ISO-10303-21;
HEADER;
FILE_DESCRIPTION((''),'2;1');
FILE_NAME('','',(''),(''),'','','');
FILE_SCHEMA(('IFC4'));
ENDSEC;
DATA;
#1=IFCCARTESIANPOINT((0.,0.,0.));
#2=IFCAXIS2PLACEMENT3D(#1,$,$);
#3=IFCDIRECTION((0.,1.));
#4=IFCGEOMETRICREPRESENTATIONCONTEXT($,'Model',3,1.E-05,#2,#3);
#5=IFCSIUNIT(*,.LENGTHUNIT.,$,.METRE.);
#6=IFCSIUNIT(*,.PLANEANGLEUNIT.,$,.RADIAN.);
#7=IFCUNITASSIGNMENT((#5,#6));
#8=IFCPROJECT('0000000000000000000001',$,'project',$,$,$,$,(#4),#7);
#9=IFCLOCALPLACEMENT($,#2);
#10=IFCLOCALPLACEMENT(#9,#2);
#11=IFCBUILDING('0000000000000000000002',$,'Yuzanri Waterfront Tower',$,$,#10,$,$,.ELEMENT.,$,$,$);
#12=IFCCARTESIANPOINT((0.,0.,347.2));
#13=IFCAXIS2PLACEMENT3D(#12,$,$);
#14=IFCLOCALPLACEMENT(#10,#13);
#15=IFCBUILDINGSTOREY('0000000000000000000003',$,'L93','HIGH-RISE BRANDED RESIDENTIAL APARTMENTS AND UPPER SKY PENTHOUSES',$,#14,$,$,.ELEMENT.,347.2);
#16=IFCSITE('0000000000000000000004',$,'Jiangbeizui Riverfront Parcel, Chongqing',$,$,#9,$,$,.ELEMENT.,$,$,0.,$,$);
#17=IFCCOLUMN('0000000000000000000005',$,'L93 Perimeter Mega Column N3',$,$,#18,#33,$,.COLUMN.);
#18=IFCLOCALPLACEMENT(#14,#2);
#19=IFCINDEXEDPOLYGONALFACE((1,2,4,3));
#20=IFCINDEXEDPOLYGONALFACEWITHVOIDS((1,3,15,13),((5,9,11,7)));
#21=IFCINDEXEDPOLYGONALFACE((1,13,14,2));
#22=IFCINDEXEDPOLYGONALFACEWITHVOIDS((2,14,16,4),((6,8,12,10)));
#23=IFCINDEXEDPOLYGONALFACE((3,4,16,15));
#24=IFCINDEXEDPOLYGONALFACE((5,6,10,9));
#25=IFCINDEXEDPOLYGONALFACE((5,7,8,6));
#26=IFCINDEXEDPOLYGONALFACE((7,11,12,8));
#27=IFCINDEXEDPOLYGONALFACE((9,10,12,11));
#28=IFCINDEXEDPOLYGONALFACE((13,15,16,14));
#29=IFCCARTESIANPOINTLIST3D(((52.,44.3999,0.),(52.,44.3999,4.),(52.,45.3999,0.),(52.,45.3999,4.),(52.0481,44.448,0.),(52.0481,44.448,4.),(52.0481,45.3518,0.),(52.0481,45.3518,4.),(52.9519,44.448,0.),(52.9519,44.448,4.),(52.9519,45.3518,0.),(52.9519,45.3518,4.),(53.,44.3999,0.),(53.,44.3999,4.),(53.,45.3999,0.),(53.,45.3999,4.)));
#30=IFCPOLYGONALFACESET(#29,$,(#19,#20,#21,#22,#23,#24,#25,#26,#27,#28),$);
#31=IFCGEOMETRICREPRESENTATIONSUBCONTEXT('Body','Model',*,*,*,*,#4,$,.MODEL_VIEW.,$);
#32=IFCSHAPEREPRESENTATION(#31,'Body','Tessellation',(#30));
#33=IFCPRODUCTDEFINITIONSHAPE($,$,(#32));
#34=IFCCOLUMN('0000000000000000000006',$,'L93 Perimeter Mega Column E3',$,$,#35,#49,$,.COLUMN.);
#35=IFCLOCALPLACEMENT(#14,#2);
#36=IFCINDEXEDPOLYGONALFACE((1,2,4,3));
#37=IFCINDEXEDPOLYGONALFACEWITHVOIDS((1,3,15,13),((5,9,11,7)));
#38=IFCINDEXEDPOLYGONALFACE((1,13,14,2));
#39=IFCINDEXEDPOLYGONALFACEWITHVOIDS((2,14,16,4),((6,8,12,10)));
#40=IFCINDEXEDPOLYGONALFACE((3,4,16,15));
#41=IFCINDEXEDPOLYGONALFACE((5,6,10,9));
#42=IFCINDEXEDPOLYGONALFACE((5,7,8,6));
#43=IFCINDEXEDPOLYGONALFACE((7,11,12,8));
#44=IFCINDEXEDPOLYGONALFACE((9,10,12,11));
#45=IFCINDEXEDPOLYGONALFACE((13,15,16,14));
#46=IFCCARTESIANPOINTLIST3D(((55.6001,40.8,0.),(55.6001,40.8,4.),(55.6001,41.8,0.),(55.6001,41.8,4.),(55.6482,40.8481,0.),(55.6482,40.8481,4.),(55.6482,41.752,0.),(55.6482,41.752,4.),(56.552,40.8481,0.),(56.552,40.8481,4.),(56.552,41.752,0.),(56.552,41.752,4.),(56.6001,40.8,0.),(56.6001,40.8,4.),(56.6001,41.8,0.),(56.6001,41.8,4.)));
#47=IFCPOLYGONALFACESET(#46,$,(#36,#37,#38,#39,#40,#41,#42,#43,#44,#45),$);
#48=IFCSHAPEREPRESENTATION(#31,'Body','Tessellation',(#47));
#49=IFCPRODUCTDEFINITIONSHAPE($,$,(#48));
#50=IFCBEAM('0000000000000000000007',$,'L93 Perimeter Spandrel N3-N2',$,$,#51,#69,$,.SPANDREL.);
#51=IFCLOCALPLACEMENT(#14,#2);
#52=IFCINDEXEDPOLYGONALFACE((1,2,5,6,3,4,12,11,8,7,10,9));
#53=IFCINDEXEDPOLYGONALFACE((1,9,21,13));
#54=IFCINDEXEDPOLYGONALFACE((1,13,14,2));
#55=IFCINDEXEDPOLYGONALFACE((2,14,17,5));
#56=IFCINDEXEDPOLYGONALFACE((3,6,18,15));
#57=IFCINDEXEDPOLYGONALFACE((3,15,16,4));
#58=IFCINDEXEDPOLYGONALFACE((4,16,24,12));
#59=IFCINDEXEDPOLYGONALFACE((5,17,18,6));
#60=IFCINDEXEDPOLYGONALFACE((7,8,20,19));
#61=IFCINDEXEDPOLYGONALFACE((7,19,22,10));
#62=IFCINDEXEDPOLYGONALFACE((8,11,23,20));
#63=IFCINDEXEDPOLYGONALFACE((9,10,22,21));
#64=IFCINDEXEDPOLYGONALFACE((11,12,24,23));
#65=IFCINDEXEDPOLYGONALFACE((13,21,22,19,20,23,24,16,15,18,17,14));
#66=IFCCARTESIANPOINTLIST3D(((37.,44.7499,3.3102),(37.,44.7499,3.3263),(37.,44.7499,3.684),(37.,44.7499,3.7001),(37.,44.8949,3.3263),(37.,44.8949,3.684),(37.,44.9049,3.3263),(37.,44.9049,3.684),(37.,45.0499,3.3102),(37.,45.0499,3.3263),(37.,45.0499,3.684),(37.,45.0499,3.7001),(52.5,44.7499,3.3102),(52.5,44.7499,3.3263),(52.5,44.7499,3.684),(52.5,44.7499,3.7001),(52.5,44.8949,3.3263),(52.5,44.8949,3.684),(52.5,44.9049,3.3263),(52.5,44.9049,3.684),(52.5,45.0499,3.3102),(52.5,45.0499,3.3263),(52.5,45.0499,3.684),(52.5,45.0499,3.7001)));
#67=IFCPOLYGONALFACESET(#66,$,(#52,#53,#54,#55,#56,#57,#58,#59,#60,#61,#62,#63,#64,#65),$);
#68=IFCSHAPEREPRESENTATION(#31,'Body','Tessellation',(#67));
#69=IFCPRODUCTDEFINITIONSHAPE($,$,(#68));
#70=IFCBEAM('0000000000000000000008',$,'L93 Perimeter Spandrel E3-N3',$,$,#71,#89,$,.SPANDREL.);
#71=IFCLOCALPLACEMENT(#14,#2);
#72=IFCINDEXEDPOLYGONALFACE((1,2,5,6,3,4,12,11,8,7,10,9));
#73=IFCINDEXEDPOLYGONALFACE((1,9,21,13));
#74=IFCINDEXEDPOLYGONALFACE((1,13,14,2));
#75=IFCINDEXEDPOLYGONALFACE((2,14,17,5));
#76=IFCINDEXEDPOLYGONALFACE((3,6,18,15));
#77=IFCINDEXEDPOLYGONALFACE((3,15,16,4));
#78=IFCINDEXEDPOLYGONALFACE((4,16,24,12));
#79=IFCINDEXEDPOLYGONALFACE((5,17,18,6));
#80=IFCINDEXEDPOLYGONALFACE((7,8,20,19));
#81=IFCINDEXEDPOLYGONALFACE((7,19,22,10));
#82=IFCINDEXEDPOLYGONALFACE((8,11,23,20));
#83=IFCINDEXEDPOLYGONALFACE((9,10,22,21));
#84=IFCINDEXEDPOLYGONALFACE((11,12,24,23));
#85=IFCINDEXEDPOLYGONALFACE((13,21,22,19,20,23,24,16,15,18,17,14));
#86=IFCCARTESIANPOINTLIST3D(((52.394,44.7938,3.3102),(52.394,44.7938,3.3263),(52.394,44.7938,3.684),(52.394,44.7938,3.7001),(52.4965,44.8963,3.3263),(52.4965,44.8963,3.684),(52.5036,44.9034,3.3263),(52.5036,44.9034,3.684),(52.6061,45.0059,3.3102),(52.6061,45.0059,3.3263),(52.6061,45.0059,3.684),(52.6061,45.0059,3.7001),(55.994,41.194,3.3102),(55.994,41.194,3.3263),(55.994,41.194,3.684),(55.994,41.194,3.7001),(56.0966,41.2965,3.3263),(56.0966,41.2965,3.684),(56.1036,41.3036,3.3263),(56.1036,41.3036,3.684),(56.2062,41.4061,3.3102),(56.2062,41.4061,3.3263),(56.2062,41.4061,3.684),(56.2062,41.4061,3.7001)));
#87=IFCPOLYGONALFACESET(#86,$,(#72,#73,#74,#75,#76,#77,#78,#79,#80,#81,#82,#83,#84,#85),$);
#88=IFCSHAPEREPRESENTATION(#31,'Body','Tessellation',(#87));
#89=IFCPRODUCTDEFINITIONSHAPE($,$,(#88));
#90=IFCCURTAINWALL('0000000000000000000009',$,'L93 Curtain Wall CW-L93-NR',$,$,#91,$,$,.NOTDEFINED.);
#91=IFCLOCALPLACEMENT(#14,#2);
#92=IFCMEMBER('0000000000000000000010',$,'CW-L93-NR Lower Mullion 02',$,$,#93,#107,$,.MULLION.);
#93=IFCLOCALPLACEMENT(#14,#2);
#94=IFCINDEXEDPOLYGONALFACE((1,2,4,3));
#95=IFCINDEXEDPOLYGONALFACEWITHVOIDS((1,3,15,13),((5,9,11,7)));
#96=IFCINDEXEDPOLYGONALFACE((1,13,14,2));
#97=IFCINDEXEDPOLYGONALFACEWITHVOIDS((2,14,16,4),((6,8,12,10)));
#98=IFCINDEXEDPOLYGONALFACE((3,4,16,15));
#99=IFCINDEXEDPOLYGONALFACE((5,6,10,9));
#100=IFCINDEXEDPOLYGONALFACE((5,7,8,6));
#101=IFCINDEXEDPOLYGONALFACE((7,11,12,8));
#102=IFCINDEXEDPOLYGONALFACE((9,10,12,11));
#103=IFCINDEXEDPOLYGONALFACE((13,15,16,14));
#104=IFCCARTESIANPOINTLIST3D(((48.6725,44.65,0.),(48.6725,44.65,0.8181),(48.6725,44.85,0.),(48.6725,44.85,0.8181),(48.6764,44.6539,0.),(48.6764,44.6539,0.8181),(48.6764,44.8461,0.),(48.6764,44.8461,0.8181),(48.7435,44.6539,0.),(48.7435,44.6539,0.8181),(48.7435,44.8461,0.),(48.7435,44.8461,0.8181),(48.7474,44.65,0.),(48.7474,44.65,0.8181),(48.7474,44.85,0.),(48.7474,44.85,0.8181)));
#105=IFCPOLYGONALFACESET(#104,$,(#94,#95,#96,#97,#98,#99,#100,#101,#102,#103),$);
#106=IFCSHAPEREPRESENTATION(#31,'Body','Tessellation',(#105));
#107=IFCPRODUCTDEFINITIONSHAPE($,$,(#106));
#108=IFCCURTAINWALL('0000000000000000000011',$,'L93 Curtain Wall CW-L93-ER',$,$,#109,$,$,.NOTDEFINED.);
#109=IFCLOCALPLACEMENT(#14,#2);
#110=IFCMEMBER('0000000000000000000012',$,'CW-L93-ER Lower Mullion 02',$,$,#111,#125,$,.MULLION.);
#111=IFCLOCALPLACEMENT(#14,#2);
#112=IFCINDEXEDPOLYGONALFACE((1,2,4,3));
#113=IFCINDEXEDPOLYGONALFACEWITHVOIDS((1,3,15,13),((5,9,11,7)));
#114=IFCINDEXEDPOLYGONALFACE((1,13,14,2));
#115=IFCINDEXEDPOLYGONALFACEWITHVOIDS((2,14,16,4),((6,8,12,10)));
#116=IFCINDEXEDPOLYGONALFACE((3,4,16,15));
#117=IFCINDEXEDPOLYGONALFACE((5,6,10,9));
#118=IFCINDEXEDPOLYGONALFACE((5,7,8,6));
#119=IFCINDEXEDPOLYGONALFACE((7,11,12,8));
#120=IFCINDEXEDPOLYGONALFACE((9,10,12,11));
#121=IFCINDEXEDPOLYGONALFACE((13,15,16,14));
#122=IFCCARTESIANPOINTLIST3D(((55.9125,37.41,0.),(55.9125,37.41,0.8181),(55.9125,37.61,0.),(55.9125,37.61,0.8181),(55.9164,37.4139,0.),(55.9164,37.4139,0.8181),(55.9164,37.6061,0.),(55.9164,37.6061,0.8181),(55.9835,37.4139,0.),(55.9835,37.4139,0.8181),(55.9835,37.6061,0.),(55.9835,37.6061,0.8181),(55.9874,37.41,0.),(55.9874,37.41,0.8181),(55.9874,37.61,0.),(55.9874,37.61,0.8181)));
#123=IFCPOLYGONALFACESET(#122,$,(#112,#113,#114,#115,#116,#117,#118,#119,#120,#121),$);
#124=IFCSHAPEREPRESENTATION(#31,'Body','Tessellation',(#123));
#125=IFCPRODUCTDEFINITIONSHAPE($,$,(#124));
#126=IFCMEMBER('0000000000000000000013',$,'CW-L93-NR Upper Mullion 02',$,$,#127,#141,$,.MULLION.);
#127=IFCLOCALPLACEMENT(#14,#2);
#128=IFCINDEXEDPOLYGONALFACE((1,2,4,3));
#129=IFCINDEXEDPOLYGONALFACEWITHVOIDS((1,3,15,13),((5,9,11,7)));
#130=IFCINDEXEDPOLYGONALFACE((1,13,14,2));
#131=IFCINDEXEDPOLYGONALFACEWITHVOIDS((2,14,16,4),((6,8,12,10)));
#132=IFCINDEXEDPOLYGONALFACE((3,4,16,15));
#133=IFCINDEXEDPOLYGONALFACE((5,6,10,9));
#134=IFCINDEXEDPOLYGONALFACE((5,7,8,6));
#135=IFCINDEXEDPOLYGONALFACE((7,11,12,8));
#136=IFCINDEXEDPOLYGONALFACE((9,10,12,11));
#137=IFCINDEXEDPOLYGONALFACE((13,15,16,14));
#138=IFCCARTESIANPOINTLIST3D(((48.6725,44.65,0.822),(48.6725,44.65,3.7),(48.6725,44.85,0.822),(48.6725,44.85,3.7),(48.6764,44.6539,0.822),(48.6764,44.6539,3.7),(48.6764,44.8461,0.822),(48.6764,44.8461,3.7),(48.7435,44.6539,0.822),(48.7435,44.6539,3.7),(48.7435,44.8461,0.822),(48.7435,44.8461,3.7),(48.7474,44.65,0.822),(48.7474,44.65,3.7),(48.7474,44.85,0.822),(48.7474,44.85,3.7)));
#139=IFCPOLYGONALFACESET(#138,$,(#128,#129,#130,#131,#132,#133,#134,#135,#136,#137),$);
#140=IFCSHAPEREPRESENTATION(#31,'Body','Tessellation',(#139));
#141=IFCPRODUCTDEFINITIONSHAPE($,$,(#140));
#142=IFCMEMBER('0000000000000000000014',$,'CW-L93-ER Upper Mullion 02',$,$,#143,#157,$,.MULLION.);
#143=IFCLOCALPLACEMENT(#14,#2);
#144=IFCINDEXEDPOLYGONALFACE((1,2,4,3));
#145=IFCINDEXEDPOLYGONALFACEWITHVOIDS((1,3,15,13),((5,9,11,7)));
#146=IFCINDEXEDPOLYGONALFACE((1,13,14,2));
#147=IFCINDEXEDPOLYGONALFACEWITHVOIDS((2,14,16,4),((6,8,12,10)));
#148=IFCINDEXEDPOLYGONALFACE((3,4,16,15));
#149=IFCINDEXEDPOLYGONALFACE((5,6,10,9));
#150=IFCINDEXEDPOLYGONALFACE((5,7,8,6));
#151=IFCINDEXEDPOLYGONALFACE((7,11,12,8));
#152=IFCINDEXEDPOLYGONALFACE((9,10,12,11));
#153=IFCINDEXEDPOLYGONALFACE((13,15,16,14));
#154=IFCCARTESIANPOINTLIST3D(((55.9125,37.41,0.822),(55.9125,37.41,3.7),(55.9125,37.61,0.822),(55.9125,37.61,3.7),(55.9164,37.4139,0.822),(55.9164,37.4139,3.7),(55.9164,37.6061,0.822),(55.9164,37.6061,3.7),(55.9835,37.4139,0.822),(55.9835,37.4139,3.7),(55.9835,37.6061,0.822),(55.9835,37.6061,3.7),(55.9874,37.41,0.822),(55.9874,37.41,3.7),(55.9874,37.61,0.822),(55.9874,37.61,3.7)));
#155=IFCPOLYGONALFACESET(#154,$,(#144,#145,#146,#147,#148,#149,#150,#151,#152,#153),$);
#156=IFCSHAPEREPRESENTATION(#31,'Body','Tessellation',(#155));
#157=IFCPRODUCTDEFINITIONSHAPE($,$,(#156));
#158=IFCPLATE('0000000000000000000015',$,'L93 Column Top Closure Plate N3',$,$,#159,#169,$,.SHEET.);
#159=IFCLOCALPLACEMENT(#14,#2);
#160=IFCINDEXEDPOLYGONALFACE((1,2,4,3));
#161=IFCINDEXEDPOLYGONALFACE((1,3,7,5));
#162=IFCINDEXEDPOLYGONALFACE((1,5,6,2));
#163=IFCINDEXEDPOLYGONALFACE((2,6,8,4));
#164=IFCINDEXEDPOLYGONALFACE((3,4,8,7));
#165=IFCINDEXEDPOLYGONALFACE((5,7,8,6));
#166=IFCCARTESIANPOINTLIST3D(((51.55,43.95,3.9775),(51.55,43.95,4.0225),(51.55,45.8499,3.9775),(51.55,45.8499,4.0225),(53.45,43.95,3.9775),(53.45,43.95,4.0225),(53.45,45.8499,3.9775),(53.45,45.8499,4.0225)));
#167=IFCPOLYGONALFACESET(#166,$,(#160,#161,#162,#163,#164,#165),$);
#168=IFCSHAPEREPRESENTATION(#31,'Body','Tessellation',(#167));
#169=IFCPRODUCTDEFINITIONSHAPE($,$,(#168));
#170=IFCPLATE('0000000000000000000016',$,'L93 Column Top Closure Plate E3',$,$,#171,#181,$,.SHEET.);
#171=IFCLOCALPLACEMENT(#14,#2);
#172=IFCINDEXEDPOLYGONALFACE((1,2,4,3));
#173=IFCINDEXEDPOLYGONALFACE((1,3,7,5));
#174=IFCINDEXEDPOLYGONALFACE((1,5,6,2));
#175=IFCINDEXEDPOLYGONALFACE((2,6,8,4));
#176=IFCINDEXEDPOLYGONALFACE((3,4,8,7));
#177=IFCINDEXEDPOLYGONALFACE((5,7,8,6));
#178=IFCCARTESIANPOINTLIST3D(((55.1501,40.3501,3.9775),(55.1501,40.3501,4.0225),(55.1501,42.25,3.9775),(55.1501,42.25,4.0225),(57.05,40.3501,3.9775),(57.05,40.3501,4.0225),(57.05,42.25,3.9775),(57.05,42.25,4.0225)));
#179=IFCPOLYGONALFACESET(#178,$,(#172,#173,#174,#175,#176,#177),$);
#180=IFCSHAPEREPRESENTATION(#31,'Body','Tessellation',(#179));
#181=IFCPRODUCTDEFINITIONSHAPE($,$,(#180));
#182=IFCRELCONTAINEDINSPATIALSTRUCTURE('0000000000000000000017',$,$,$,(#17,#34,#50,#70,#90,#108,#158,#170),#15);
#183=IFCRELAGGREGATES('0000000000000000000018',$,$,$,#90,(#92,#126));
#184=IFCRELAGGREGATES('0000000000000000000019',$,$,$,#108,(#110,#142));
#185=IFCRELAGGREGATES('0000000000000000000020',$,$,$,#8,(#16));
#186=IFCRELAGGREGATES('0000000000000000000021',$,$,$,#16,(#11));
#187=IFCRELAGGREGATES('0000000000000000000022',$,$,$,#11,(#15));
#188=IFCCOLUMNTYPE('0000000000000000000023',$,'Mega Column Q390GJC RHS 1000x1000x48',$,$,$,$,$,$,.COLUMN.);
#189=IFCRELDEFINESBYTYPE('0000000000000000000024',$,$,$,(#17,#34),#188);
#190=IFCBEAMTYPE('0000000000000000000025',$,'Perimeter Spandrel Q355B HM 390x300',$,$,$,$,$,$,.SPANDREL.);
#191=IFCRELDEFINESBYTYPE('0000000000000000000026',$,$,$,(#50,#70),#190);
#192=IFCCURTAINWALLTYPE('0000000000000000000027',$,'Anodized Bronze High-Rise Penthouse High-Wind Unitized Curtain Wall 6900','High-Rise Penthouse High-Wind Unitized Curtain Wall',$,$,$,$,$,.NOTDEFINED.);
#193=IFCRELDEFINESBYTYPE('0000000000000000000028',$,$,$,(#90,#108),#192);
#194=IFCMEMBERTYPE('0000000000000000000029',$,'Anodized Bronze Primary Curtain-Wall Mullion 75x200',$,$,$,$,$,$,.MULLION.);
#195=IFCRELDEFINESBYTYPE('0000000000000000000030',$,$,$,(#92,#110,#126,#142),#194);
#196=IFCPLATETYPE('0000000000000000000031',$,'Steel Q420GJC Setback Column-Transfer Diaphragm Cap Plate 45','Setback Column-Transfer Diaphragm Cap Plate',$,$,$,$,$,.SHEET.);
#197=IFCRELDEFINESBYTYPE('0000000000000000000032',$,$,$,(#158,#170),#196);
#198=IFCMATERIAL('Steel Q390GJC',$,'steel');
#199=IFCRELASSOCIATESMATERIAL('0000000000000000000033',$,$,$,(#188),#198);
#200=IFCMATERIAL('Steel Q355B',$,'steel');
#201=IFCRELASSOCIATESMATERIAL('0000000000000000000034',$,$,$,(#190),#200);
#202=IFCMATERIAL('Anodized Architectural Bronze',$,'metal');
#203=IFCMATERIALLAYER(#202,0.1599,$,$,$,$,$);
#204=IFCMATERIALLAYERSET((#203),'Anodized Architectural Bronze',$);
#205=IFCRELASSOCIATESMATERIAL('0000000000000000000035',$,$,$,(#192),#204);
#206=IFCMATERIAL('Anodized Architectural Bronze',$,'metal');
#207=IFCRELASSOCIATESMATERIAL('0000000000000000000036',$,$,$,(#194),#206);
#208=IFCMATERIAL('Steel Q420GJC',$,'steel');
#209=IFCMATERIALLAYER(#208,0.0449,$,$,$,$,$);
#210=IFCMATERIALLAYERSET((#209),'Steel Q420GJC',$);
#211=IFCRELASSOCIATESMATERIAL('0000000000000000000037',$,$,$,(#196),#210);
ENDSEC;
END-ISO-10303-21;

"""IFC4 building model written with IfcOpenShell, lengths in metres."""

from ifc_helpers import new_model, si_unit, direction, frame, origin, origin_2d, place, context, subcontext, project, spatial, rectangle, hollow_rectangle, i_section, extrude, source, transform, mapped, material, layer, layer_set, material_profile, profile_set, type_object, element, aggregate, save


model = new_model("IFC4")

# Units and contexts
model_context = context("Model", 3, precision=1e-05, world=origin(), true_north=direction((0.0, 1.0)))
body_context = subcontext(model_context, "Body", "Model", "MODEL_VIEW")
ifc_project = project(units=[si_unit("LENGTHUNIT", "METRE"), si_unit("PLANEANGLEUNIT", "RADIAN")], contexts=[model_context])

# Site, building, storey
site_placement = place(None, origin())
site = spatial("IfcSite", under=ifc_project, at=site_placement, Name="Jiangbeizui Riverfront Parcel, Chongqing", CompositionType="ELEMENT", RefElevation=0.0)
building_placement = place(site_placement, origin())
building = spatial("IfcBuilding", under=site, at=building_placement, Name="Yuzanri Waterfront Tower", CompositionType="ELEMENT")
storey_placement = place(building_placement, frame((0.0, 0.0, 347.2)))
storey = spatial("IfcBuildingStorey", under=building, at=storey_placement, Name="L93", Description="HIGH-RISE BRANDED RESIDENTIAL APARTMENTS AND UPPER SKY PENTHOUSES", CompositionType="ELEMENT", Elevation=347.2)

# Columns
ifc_material_1 = material(Name="Steel Q390GJC", Category="steel")
ifc_material_profile_1 = material_profile(ifc_material_1, hollow_rectangle(XDim=1.0, YDim=1.0, WallThickness=0.0481, at=origin_2d()), Name="RHS 1000x1000x48")
ifc_profile_set_1 = profile_set([ifc_material_profile_1], Name="Steel Q390GJC")
column_type = type_object("IfcColumnType", Name="Mega Column Q390GJC RHS 1000x1000x48", PredefinedType="COLUMN", material=ifc_profile_set_1)
shared_shape_1 = source(origin(), body_context, "Body", "SweptSolid", [
    extrude(hollow_rectangle(XDim=1.0, YDim=1.0, WallThickness=0.0481, at=origin_2d()), origin(), (0.0, 0.0, 1.0), 4.0),
])
for number, where, z_axis, x_axis, name in (
    (1, (52.5, 44.8999, 0.0), (0.0, 0.0, 1.0), (1.0, 0.0, 0.0), "L93 Perimeter Mega Column N3"),
    (2, (56.1001, 41.3, 0.0), (0.0, 0.0, 1.0), (1.0, 0.0, 0.0), "L93 Perimeter Mega Column E3"),
):
    element("IfcColumn", number, at=place(storey_placement, frame(where, z_axis=z_axis, x_axis=x_axis)), inside=storey, type_object=column_type, Name=name, PredefinedType="COLUMN", context=body_context, shape_type="MappedRepresentation", body=[
        mapped(shared_shape_1, transform((0.0, 0.0, 0.0), scale=1.0)),
    ])

# Beams
ifc_material_2 = material(Name="Steel Q355B", Category="steel")
ifc_material_profile_2 = material_profile(ifc_material_2, i_section(OverallWidth=0.3, OverallDepth=0.3899, WebThickness=0.01, FlangeThickness=0.0161, at=origin_2d()), Name="HM 390x300x10x16")
ifc_profile_set_2 = profile_set([ifc_material_profile_2], Name="Steel Q355B")
beam_type = type_object("IfcBeamType", Name="Perimeter Spandrel Q355B HM 390x300", PredefinedType="SPANDREL", material=ifc_profile_set_2)
shared_shape_2 = source(origin(), body_context, "Body", "SweptSolid", [
    extrude(i_section(OverallWidth=0.3, OverallDepth=0.3899, WebThickness=0.01, FlangeThickness=0.0161, at=origin_2d()), origin(), (0.0, 0.0, 1.0), 15.5),
])
beam_1_placement = place(storey_placement, frame((52.5, 44.8999, 3.5051), z_axis=(-1.0, 0.0, 0.0), x_axis=(0.0, -1.0, 0.0)))
element("IfcBeam", 3, at=beam_1_placement, inside=storey, type_object=beam_type, Name="L93 Perimeter Spandrel N3-N2", PredefinedType="SPANDREL", context=body_context, shape_type="MappedRepresentation", body=[
    mapped(shared_shape_2, transform((0.0, 0.0, 0.0), scale=1.0)),
])
shared_shape_3 = source(origin(), body_context, "Body", "SweptSolid", [
    extrude(i_section(OverallWidth=0.3, OverallDepth=0.3899, WebThickness=0.01, FlangeThickness=0.0161, at=origin_2d()), origin(), (0.0, 0.0, 1.0), 5.0911),
])
beam_2_placement = place(storey_placement, frame((56.1001, 41.3, 3.5051), z_axis=(-0.707131, 0.707083, 0.0), x_axis=(-0.707083, -0.707131, 0.0)))
element("IfcBeam", 4, at=beam_2_placement, inside=storey, type_object=beam_type, Name="L93 Perimeter Spandrel E3-N3", PredefinedType="SPANDREL", context=body_context, shape_type="MappedRepresentation", body=[
    mapped(shared_shape_3, transform((0.0, 0.0, 0.0), scale=1.0)),
])

# Curtain walls, members
ifc_material_3 = material(Name="Anodized Architectural Bronze", Category="metal")
ifc_layer_1 = layer(ifc_material_3, 0.1599)
ifc_layer_set_1 = layer_set([ifc_layer_1], Name="Anodized Architectural Bronze")
curtain_wall_type = type_object("IfcCurtainWallType", Name="Anodized Bronze High-Rise Penthouse High-Wind Unitized Curtain Wall 6900", Description="High-Rise Penthouse High-Wind Unitized Curtain Wall", PredefinedType="NOTDEFINED", material=ifc_layer_set_1)
curtain_wall_1_placement = place(storey_placement, origin())
curtain_wall_1 = element("IfcCurtainWall", 5, at=curtain_wall_1_placement, inside=storey, type_object=curtain_wall_type, Name="L93 Curtain Wall CW-L93-NR", PredefinedType="NOTDEFINED")
ifc_material_4 = material(Name="Anodized Architectural Bronze", Category="metal")
ifc_material_profile_3 = material_profile(ifc_material_4, hollow_rectangle(XDim=0.075, YDim=0.2, WallThickness=0.0039, at=origin_2d()), Name="CWM 75x200")
ifc_profile_set_3 = profile_set([ifc_material_profile_3], Name="Anodized Architectural Bronze")
member_type = type_object("IfcMemberType", Name="Anodized Bronze Primary Curtain-Wall Mullion 75x200", PredefinedType="MULLION", material=ifc_profile_set_3)
shared_shape_4 = source(origin(), body_context, "Body", "SweptSolid", [
    extrude(hollow_rectangle(XDim=0.075, YDim=0.2, WallThickness=0.0039, at=origin_2d()), origin(), (0.0, 0.0, 1.0), 0.8181),
])
member_1_placement = place(storey_placement, frame((48.71, 44.75, 0.0), z_axis=(0.0, 0.0, 1.0), x_axis=(1.0, 0.0, 0.0)))
member_1 = element("IfcMember", 6, at=member_1_placement, type_object=member_type, Name="CW-L93-NR Lower Mullion 02", PredefinedType="MULLION", context=body_context, shape_type="MappedRepresentation", body=[
    mapped(shared_shape_4, transform((0.0, 0.0, 0.0), scale=1.0)),
])
curtain_wall_2_placement = place(storey_placement, origin())
curtain_wall_2 = element("IfcCurtainWall", 7, at=curtain_wall_2_placement, inside=storey, type_object=curtain_wall_type, Name="L93 Curtain Wall CW-L93-ER", PredefinedType="NOTDEFINED")
member_2_placement = place(storey_placement, frame((55.95, 37.51, 0.0), z_axis=(0.0, 0.0, 1.0), x_axis=(1.0, 0.0, 0.0)))
member_2 = element("IfcMember", 8, at=member_2_placement, type_object=member_type, Name="CW-L93-ER Lower Mullion 02", PredefinedType="MULLION", context=body_context, shape_type="MappedRepresentation", body=[
    mapped(shared_shape_4, transform((0.0, 0.0, 0.0), scale=1.0)),
])

# Members
shared_shape_5 = source(origin(), body_context, "Body", "SweptSolid", [
    extrude(hollow_rectangle(XDim=0.075, YDim=0.2, WallThickness=0.0039, at=origin_2d()), origin(), (0.0, 0.0, 1.0), 2.8779),
])
member_3_placement = place(storey_placement, frame((48.71, 44.75, 0.822), z_axis=(0.0, 0.0, 1.0), x_axis=(1.0, 0.0, 0.0)))
member_3 = element("IfcMember", 9, at=member_3_placement, type_object=member_type, Name="CW-L93-NR Upper Mullion 02", PredefinedType="MULLION", context=body_context, shape_type="MappedRepresentation", body=[
    mapped(shared_shape_5, transform((0.0, 0.0, 0.0), scale=1.0)),
])
aggregate(curtain_wall_1, [member_1, member_3])
member_4_placement = place(storey_placement, frame((55.95, 37.51, 0.822), z_axis=(0.0, 0.0, 1.0), x_axis=(1.0, 0.0, 0.0)))
member_4 = element("IfcMember", 10, at=member_4_placement, type_object=member_type, Name="CW-L93-ER Upper Mullion 02", PredefinedType="MULLION", context=body_context, shape_type="MappedRepresentation", body=[
    mapped(shared_shape_5, transform((0.0, 0.0, 0.0), scale=1.0)),
])
aggregate(curtain_wall_2, [member_2, member_4])

# Plates
ifc_material_5 = material(Name="Steel Q420GJC", Category="steel")
ifc_layer_2 = layer(ifc_material_5, 0.0449)
ifc_layer_set_2 = layer_set([ifc_layer_2], Name="Steel Q420GJC")
plate_type_1 = type_object("IfcPlateType", Name="Steel Q420GJC Setback Column-Transfer Diaphragm Cap Plate 45", Description="Setback Column-Transfer Diaphragm Cap Plate", PredefinedType="SHEET", material=ifc_layer_set_2)
shared_shape_6 = source(origin(), body_context, "Body", "SweptSolid", [
    extrude(rectangle(XDim=1.8999, YDim=1.8999, at=origin_2d()), origin(), (0.0, 0.0, 1.0), 0.0449),
])
for number, where, z_axis, x_axis, name in (
    (11, (52.5, 44.8999, 3.9775), (0.0, 0.0, 1.0), (1.0, 0.0, 0.0), "L93 Column Top Closure Plate N3"),
    (12, (56.1001, 41.3, 3.9775), (0.0, 0.0, 1.0), (1.0, 0.0, 0.0), "L93 Column Top Closure Plate E3"),
):
    element("IfcPlate", number, at=place(storey_placement, frame(where, z_axis=z_axis, x_axis=x_axis)), inside=storey, type_object=plate_type_1, Name=name, PredefinedType="SHEET", context=body_context, shape_type="MappedRepresentation", body=[
        mapped(shared_shape_6, transform((0.0, 0.0, 0.0), scale=1.0)),
    ])

save(model, "model.ifc")
